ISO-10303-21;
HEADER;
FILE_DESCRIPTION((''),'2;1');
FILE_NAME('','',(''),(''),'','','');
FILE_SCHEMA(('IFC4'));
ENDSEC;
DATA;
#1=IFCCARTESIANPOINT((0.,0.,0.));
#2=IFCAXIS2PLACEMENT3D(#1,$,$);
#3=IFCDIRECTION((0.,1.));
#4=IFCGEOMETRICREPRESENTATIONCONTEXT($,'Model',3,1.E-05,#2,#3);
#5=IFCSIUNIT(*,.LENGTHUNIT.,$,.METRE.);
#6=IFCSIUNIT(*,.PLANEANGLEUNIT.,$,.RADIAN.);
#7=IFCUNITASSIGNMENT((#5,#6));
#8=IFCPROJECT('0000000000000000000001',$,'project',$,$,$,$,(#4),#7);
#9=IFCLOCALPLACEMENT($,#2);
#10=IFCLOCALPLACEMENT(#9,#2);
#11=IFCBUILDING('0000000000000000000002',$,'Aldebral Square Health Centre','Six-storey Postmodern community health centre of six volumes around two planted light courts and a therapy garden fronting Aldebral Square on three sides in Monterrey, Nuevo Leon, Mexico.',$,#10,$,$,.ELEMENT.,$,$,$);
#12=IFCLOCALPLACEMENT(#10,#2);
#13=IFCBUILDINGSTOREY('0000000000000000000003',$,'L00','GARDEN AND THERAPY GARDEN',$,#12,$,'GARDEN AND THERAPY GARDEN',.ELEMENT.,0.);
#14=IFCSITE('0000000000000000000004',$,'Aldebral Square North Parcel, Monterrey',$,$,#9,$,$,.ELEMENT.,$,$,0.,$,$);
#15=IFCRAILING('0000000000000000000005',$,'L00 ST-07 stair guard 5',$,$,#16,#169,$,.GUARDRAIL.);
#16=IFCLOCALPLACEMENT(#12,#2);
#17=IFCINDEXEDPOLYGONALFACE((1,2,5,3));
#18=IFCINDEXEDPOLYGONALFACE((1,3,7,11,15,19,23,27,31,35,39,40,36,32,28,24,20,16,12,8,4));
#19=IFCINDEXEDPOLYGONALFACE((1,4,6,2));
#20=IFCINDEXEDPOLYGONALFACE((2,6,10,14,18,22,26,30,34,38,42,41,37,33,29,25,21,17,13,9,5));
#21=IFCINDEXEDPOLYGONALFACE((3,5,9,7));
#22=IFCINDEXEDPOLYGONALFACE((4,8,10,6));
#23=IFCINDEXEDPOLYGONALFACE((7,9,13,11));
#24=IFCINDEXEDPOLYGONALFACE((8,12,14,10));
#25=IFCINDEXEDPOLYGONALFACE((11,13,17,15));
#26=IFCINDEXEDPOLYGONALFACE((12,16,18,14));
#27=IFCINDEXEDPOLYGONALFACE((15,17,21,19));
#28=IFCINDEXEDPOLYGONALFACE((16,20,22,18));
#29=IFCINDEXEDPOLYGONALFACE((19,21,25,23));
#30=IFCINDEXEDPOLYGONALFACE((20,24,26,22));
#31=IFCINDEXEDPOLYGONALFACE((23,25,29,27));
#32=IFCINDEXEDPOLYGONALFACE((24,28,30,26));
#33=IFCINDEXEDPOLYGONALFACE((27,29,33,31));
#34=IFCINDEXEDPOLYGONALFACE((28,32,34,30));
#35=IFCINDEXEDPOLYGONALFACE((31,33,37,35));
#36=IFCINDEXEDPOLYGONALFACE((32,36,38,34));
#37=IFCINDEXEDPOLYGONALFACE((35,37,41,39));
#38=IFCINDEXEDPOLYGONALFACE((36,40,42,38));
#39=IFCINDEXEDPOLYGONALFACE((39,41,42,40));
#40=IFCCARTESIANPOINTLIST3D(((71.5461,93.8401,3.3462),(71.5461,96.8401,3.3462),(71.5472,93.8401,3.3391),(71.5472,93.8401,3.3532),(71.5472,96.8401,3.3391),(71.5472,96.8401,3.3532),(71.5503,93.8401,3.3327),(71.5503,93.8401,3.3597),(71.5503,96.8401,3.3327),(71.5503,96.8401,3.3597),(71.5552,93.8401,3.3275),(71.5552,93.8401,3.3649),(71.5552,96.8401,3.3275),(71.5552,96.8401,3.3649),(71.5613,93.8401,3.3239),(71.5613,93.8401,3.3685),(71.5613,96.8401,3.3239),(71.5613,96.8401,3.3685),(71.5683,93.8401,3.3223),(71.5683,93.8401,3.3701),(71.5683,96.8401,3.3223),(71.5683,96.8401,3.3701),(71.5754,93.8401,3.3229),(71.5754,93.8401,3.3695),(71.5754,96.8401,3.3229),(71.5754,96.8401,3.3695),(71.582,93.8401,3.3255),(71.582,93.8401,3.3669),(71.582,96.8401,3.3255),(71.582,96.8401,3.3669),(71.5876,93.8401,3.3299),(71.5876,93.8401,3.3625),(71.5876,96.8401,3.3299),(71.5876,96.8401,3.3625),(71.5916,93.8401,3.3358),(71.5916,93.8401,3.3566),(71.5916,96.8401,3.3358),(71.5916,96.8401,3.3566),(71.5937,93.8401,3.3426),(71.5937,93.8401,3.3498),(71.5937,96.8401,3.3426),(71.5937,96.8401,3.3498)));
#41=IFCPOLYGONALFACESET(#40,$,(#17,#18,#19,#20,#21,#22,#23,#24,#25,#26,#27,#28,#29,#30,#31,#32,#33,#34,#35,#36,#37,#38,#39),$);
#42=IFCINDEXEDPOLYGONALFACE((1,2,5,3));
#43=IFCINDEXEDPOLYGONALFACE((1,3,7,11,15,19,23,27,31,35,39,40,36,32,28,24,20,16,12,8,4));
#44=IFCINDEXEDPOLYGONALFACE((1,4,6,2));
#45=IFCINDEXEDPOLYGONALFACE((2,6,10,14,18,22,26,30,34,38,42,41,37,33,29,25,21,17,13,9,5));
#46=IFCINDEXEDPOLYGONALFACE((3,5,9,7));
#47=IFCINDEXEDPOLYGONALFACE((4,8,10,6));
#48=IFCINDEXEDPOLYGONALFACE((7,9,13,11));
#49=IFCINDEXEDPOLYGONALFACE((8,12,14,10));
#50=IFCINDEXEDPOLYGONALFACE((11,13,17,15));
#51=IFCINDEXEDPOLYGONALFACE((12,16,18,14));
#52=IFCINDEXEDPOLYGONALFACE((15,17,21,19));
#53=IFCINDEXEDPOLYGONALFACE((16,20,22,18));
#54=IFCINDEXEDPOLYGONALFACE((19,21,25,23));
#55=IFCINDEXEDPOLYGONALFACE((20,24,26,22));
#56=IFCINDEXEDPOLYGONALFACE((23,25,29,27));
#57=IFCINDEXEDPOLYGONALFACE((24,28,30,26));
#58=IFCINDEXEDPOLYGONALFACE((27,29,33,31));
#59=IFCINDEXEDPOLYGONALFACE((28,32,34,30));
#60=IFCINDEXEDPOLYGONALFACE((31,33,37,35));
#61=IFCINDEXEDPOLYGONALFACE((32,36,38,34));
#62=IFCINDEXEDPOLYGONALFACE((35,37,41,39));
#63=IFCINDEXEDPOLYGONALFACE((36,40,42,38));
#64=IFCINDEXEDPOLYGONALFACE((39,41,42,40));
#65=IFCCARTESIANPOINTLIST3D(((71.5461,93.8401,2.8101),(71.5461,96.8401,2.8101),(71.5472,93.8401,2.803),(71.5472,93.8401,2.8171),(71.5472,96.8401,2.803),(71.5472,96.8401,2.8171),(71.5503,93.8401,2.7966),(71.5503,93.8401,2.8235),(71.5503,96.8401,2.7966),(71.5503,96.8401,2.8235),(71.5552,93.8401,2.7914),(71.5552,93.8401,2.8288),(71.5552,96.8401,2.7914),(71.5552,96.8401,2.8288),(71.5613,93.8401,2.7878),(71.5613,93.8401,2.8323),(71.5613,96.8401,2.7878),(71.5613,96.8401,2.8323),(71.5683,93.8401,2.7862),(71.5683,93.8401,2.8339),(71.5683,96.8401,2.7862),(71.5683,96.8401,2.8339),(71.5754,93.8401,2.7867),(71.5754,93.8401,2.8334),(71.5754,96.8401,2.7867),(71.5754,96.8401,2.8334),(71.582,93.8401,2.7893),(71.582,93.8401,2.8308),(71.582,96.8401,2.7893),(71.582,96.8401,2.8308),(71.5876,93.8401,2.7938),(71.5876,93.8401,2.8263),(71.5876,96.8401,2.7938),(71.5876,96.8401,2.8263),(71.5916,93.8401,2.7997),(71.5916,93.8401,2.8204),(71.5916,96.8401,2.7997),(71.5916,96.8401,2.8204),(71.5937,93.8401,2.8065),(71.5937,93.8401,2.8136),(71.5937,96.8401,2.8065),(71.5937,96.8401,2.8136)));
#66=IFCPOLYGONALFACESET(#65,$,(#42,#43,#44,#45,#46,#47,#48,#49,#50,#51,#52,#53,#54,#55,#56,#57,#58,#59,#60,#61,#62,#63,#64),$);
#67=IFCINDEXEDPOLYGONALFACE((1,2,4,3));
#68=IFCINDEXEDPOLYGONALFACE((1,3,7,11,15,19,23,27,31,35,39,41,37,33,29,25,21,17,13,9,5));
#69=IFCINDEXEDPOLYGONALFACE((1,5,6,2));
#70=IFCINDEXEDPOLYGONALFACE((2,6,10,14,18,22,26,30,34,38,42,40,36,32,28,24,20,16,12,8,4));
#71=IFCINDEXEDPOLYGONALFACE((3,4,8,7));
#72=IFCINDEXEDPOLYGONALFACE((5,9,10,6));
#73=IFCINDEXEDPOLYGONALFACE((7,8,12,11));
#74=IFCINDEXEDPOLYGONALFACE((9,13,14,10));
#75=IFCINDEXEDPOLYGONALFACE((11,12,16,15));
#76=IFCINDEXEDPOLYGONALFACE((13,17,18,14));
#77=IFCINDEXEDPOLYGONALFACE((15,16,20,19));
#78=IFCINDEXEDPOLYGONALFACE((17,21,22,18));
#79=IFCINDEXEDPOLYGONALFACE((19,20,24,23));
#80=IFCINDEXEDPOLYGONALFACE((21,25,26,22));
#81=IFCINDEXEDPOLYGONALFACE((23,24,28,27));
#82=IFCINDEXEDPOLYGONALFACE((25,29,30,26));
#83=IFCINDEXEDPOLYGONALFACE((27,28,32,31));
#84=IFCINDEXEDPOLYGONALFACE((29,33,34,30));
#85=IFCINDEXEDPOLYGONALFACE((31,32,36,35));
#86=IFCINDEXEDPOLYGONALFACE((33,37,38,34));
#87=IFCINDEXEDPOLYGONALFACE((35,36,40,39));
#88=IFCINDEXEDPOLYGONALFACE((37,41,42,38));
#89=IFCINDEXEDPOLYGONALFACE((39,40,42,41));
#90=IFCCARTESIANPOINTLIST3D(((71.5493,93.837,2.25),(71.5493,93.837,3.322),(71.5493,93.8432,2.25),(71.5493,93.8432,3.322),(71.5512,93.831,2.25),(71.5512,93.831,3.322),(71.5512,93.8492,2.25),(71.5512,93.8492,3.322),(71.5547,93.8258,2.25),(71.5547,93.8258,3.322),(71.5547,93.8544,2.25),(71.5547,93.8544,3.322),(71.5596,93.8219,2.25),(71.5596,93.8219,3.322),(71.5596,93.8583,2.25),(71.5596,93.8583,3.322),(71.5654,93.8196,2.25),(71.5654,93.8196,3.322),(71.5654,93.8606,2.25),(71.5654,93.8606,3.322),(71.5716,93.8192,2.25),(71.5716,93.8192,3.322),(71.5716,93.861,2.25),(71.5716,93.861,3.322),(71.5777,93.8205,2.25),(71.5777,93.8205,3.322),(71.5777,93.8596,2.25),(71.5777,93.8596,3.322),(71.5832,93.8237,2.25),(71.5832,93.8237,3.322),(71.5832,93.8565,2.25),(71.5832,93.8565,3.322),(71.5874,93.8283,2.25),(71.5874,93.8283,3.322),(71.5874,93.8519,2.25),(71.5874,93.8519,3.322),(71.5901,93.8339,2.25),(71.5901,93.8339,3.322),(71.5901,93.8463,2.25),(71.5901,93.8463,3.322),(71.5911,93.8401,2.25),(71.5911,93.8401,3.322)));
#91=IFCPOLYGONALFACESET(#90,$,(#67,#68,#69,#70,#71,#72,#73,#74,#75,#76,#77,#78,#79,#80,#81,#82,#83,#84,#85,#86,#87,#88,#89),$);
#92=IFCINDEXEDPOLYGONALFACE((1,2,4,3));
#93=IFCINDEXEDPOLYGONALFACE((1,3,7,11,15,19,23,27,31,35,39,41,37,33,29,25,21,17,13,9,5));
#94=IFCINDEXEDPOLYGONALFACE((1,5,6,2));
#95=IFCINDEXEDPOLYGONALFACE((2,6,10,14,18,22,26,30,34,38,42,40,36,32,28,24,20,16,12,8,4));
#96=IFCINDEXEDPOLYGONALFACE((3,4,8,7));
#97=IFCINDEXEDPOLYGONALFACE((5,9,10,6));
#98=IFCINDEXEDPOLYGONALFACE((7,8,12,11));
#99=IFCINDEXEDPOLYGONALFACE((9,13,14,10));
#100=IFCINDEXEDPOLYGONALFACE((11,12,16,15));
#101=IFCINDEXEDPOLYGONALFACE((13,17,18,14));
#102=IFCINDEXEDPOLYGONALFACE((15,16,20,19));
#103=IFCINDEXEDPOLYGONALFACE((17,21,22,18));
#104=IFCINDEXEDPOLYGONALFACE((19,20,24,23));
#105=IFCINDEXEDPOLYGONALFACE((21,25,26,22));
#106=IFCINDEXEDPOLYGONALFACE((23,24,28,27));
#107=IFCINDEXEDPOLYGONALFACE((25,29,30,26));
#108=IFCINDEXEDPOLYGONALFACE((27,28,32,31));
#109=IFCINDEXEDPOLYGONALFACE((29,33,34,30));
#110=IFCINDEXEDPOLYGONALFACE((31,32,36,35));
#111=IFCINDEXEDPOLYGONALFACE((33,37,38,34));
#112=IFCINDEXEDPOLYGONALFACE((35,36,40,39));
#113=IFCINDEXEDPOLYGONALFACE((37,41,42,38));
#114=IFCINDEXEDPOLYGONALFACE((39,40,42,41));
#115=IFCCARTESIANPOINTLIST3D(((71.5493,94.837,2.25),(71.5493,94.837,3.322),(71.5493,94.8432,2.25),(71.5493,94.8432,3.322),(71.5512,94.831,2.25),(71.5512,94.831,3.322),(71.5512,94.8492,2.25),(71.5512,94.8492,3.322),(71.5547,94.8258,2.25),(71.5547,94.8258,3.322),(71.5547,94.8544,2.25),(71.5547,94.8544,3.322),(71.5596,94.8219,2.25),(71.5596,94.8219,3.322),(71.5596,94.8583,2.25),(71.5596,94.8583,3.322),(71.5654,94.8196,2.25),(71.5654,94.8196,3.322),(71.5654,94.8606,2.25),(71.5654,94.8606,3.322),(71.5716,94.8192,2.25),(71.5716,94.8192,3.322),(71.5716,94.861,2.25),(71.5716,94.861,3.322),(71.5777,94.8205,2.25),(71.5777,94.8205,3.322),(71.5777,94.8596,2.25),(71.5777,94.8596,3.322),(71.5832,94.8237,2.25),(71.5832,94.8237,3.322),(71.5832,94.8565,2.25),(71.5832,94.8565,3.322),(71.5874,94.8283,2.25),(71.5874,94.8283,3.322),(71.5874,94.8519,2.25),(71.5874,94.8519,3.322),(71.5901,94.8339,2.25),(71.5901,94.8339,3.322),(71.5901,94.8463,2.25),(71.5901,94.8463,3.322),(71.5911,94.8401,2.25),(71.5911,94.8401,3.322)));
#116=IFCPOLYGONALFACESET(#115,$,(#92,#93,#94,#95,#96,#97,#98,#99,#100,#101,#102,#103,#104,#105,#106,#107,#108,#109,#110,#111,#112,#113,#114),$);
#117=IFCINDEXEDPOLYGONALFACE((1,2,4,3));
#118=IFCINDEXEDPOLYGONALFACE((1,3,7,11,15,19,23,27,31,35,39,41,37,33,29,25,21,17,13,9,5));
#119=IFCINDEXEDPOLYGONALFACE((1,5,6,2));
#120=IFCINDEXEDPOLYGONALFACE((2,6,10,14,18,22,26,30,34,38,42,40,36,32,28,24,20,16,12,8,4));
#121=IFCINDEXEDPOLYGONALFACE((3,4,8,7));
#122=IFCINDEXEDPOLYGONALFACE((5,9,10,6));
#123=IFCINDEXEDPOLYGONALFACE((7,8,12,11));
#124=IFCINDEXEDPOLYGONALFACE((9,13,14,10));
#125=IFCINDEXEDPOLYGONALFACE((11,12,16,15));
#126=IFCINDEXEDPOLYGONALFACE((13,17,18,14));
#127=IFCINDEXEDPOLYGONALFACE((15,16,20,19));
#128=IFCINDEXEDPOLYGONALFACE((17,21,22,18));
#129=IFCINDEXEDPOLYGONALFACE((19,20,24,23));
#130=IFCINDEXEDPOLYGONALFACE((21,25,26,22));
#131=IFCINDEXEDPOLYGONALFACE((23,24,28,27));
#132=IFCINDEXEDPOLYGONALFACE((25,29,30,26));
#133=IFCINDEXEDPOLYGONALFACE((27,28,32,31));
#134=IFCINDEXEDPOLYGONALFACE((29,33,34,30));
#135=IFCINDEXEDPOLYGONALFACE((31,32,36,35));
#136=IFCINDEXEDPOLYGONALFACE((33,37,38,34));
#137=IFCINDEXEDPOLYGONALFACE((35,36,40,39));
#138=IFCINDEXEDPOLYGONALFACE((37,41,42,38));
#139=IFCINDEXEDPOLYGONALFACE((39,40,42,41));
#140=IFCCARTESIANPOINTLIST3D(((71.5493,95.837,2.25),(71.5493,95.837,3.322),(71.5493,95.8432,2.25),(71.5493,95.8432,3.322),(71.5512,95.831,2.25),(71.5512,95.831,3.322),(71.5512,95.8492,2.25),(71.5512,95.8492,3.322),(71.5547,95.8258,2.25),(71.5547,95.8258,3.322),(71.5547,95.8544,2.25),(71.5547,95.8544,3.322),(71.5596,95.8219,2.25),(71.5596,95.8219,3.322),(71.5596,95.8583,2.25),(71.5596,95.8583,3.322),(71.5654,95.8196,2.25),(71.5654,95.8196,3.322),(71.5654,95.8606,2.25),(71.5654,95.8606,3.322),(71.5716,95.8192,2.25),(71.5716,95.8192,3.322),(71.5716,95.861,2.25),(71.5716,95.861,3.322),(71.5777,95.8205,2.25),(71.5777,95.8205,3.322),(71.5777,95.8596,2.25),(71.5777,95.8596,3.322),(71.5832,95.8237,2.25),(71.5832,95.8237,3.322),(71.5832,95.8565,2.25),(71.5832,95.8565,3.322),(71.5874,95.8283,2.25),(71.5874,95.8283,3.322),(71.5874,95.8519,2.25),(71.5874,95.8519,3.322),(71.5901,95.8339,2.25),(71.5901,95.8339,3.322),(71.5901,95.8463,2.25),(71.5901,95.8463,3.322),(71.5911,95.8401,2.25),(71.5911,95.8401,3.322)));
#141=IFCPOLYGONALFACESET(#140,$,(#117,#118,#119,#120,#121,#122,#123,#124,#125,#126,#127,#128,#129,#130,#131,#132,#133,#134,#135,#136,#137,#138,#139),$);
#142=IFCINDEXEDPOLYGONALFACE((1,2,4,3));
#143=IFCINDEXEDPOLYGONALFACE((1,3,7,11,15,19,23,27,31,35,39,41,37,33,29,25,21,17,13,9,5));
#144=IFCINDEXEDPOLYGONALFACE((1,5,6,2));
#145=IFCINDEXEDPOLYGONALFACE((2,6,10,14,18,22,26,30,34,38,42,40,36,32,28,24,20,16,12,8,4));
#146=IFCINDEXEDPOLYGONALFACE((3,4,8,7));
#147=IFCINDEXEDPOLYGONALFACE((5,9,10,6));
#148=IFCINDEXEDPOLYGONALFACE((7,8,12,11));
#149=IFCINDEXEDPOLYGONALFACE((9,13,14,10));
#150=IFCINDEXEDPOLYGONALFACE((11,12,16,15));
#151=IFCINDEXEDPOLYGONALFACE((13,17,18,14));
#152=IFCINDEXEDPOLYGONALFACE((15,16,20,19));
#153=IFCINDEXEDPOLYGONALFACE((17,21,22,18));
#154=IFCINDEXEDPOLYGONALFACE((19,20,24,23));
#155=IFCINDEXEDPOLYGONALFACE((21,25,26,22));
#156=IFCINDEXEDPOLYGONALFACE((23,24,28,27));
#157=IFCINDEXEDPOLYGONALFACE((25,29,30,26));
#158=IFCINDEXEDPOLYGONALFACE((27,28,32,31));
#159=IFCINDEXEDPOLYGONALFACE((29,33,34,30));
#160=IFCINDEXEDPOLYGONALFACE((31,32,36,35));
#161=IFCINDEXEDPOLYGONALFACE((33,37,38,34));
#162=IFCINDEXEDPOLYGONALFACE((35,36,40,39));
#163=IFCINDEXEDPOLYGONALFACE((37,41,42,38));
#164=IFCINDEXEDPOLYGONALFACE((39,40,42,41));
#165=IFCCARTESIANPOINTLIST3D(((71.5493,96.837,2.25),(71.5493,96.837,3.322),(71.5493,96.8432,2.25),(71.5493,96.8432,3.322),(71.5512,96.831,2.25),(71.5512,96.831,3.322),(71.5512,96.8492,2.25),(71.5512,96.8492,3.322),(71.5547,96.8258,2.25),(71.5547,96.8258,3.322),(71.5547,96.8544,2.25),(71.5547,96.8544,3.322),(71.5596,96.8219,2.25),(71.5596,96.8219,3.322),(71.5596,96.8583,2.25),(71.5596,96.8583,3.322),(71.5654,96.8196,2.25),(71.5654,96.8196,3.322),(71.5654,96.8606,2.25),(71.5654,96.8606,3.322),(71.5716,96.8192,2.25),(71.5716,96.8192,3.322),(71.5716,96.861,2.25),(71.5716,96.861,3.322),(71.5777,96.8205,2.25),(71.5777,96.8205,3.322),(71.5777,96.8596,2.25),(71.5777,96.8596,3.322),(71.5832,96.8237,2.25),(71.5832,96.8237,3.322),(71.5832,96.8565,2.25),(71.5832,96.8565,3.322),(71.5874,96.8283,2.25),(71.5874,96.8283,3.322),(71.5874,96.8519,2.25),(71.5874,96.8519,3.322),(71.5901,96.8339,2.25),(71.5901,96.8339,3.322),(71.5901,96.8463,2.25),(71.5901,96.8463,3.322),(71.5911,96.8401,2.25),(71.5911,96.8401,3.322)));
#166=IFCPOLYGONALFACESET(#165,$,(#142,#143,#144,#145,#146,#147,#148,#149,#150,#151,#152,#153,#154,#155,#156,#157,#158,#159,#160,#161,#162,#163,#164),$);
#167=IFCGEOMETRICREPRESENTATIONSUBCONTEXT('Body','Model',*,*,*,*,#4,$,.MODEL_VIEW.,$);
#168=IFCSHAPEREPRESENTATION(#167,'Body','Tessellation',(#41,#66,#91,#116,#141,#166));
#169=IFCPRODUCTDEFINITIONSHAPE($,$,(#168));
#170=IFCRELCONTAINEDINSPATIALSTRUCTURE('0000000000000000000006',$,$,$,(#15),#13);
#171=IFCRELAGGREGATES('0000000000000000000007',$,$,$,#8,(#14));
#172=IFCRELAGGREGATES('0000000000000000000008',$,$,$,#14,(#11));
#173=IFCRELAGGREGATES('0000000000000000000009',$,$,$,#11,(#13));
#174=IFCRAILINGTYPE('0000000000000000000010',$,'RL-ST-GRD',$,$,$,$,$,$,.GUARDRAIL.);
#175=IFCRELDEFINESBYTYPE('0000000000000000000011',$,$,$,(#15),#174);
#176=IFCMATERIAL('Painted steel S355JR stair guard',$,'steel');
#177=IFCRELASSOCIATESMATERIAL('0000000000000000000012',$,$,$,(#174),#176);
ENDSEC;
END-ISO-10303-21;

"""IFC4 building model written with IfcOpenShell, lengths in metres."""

from ifc_helpers import new_model, si_unit, direction, frame, origin, origin_2d, place, context, subcontext, project, spatial, circle, extrude, material, type_object, element, save


model = new_model("IFC4")

# Units and contexts
model_context = context("Model", 3, precision=1e-05, world=origin(), true_north=direction((0.0, 1.0)))
body_context = subcontext(model_context, "Body", "Model", "MODEL_VIEW")
ifc_project = project(units=[si_unit("LENGTHUNIT", "METRE"), si_unit("PLANEANGLEUNIT", "RADIAN")], contexts=[model_context])

# Site, building, storey
site_placement = place(None, origin())
site = spatial("IfcSite", under=ifc_project, at=site_placement, Name="Aldebral Square North Parcel, Monterrey", CompositionType="ELEMENT", RefElevation=0.0)
building_placement = place(site_placement, origin())
building = spatial("IfcBuilding", under=site, at=building_placement, Name="Aldebral Square Health Centre", Description="Six-storey Postmodern community health centre of six volumes around two planted light courts and a therapy garden fronting Aldebral Square on three sides in Monterrey, Nuevo Leon, Mexico.", CompositionType="ELEMENT")
storey_placement = place(building_placement, origin())
storey = spatial("IfcBuildingStorey", under=building, at=storey_placement, Name="L00", Description="GARDEN AND THERAPY GARDEN", LongName="GARDEN AND THERAPY GARDEN", CompositionType="ELEMENT", Elevation=0.0)

# Railing
ifc_material_1 = material(Name="Painted steel S355JR stair guard", Category="steel")
railing_type_1 = type_object("IfcRailingType", Name="RL-ST-GRD", PredefinedType="GUARDRAIL", material=ifc_material_1)
railing_1_placement = place(storey_placement, frame((71.5701, 93.8401, 2.25)))
element("IfcRailing", 1, at=railing_1_placement, inside=storey, type_object=railing_type_1, Name="L00 ST-07 stair guard 5", PredefinedType="GUARDRAIL", context=body_context, shape_type="SweptSolid", body=[
    extrude(circle(Radius=0.0239, at=origin_2d()), frame((0.0, 0.0, 1.0962), z_axis=(0.0, 1.0, 0.0), x_axis=(-1.0, 0.0, 0.0)), (0.0, 0.0, 1.0), 3.0),
    extrude(circle(Radius=0.0239, at=origin_2d()), frame((0.0, 0.0, 0.5601), z_axis=(0.0, 1.0, 0.0), x_axis=(-1.0, 0.0, 0.0)), (0.0, 0.0, 1.0), 3.0),
    extrude(circle(Radius=0.021, at=origin_2d()), origin(), (0.0, 0.0, 1.0), 1.072),
    extrude(circle(Radius=0.021, at=origin_2d()), frame((0.0, 1.0, 0.0)), (0.0, 0.0, 1.0), 1.072),
    extrude(circle(Radius=0.021, at=origin_2d()), frame((0.0, 2.0, 0.0)), (0.0, 0.0, 1.0), 1.072),
    extrude(circle(Radius=0.021, at=origin_2d()), frame((0.0, 3.0, 0.0)), (0.0, 0.0, 1.0), 1.072),
])

save(model, "model.ifc")
